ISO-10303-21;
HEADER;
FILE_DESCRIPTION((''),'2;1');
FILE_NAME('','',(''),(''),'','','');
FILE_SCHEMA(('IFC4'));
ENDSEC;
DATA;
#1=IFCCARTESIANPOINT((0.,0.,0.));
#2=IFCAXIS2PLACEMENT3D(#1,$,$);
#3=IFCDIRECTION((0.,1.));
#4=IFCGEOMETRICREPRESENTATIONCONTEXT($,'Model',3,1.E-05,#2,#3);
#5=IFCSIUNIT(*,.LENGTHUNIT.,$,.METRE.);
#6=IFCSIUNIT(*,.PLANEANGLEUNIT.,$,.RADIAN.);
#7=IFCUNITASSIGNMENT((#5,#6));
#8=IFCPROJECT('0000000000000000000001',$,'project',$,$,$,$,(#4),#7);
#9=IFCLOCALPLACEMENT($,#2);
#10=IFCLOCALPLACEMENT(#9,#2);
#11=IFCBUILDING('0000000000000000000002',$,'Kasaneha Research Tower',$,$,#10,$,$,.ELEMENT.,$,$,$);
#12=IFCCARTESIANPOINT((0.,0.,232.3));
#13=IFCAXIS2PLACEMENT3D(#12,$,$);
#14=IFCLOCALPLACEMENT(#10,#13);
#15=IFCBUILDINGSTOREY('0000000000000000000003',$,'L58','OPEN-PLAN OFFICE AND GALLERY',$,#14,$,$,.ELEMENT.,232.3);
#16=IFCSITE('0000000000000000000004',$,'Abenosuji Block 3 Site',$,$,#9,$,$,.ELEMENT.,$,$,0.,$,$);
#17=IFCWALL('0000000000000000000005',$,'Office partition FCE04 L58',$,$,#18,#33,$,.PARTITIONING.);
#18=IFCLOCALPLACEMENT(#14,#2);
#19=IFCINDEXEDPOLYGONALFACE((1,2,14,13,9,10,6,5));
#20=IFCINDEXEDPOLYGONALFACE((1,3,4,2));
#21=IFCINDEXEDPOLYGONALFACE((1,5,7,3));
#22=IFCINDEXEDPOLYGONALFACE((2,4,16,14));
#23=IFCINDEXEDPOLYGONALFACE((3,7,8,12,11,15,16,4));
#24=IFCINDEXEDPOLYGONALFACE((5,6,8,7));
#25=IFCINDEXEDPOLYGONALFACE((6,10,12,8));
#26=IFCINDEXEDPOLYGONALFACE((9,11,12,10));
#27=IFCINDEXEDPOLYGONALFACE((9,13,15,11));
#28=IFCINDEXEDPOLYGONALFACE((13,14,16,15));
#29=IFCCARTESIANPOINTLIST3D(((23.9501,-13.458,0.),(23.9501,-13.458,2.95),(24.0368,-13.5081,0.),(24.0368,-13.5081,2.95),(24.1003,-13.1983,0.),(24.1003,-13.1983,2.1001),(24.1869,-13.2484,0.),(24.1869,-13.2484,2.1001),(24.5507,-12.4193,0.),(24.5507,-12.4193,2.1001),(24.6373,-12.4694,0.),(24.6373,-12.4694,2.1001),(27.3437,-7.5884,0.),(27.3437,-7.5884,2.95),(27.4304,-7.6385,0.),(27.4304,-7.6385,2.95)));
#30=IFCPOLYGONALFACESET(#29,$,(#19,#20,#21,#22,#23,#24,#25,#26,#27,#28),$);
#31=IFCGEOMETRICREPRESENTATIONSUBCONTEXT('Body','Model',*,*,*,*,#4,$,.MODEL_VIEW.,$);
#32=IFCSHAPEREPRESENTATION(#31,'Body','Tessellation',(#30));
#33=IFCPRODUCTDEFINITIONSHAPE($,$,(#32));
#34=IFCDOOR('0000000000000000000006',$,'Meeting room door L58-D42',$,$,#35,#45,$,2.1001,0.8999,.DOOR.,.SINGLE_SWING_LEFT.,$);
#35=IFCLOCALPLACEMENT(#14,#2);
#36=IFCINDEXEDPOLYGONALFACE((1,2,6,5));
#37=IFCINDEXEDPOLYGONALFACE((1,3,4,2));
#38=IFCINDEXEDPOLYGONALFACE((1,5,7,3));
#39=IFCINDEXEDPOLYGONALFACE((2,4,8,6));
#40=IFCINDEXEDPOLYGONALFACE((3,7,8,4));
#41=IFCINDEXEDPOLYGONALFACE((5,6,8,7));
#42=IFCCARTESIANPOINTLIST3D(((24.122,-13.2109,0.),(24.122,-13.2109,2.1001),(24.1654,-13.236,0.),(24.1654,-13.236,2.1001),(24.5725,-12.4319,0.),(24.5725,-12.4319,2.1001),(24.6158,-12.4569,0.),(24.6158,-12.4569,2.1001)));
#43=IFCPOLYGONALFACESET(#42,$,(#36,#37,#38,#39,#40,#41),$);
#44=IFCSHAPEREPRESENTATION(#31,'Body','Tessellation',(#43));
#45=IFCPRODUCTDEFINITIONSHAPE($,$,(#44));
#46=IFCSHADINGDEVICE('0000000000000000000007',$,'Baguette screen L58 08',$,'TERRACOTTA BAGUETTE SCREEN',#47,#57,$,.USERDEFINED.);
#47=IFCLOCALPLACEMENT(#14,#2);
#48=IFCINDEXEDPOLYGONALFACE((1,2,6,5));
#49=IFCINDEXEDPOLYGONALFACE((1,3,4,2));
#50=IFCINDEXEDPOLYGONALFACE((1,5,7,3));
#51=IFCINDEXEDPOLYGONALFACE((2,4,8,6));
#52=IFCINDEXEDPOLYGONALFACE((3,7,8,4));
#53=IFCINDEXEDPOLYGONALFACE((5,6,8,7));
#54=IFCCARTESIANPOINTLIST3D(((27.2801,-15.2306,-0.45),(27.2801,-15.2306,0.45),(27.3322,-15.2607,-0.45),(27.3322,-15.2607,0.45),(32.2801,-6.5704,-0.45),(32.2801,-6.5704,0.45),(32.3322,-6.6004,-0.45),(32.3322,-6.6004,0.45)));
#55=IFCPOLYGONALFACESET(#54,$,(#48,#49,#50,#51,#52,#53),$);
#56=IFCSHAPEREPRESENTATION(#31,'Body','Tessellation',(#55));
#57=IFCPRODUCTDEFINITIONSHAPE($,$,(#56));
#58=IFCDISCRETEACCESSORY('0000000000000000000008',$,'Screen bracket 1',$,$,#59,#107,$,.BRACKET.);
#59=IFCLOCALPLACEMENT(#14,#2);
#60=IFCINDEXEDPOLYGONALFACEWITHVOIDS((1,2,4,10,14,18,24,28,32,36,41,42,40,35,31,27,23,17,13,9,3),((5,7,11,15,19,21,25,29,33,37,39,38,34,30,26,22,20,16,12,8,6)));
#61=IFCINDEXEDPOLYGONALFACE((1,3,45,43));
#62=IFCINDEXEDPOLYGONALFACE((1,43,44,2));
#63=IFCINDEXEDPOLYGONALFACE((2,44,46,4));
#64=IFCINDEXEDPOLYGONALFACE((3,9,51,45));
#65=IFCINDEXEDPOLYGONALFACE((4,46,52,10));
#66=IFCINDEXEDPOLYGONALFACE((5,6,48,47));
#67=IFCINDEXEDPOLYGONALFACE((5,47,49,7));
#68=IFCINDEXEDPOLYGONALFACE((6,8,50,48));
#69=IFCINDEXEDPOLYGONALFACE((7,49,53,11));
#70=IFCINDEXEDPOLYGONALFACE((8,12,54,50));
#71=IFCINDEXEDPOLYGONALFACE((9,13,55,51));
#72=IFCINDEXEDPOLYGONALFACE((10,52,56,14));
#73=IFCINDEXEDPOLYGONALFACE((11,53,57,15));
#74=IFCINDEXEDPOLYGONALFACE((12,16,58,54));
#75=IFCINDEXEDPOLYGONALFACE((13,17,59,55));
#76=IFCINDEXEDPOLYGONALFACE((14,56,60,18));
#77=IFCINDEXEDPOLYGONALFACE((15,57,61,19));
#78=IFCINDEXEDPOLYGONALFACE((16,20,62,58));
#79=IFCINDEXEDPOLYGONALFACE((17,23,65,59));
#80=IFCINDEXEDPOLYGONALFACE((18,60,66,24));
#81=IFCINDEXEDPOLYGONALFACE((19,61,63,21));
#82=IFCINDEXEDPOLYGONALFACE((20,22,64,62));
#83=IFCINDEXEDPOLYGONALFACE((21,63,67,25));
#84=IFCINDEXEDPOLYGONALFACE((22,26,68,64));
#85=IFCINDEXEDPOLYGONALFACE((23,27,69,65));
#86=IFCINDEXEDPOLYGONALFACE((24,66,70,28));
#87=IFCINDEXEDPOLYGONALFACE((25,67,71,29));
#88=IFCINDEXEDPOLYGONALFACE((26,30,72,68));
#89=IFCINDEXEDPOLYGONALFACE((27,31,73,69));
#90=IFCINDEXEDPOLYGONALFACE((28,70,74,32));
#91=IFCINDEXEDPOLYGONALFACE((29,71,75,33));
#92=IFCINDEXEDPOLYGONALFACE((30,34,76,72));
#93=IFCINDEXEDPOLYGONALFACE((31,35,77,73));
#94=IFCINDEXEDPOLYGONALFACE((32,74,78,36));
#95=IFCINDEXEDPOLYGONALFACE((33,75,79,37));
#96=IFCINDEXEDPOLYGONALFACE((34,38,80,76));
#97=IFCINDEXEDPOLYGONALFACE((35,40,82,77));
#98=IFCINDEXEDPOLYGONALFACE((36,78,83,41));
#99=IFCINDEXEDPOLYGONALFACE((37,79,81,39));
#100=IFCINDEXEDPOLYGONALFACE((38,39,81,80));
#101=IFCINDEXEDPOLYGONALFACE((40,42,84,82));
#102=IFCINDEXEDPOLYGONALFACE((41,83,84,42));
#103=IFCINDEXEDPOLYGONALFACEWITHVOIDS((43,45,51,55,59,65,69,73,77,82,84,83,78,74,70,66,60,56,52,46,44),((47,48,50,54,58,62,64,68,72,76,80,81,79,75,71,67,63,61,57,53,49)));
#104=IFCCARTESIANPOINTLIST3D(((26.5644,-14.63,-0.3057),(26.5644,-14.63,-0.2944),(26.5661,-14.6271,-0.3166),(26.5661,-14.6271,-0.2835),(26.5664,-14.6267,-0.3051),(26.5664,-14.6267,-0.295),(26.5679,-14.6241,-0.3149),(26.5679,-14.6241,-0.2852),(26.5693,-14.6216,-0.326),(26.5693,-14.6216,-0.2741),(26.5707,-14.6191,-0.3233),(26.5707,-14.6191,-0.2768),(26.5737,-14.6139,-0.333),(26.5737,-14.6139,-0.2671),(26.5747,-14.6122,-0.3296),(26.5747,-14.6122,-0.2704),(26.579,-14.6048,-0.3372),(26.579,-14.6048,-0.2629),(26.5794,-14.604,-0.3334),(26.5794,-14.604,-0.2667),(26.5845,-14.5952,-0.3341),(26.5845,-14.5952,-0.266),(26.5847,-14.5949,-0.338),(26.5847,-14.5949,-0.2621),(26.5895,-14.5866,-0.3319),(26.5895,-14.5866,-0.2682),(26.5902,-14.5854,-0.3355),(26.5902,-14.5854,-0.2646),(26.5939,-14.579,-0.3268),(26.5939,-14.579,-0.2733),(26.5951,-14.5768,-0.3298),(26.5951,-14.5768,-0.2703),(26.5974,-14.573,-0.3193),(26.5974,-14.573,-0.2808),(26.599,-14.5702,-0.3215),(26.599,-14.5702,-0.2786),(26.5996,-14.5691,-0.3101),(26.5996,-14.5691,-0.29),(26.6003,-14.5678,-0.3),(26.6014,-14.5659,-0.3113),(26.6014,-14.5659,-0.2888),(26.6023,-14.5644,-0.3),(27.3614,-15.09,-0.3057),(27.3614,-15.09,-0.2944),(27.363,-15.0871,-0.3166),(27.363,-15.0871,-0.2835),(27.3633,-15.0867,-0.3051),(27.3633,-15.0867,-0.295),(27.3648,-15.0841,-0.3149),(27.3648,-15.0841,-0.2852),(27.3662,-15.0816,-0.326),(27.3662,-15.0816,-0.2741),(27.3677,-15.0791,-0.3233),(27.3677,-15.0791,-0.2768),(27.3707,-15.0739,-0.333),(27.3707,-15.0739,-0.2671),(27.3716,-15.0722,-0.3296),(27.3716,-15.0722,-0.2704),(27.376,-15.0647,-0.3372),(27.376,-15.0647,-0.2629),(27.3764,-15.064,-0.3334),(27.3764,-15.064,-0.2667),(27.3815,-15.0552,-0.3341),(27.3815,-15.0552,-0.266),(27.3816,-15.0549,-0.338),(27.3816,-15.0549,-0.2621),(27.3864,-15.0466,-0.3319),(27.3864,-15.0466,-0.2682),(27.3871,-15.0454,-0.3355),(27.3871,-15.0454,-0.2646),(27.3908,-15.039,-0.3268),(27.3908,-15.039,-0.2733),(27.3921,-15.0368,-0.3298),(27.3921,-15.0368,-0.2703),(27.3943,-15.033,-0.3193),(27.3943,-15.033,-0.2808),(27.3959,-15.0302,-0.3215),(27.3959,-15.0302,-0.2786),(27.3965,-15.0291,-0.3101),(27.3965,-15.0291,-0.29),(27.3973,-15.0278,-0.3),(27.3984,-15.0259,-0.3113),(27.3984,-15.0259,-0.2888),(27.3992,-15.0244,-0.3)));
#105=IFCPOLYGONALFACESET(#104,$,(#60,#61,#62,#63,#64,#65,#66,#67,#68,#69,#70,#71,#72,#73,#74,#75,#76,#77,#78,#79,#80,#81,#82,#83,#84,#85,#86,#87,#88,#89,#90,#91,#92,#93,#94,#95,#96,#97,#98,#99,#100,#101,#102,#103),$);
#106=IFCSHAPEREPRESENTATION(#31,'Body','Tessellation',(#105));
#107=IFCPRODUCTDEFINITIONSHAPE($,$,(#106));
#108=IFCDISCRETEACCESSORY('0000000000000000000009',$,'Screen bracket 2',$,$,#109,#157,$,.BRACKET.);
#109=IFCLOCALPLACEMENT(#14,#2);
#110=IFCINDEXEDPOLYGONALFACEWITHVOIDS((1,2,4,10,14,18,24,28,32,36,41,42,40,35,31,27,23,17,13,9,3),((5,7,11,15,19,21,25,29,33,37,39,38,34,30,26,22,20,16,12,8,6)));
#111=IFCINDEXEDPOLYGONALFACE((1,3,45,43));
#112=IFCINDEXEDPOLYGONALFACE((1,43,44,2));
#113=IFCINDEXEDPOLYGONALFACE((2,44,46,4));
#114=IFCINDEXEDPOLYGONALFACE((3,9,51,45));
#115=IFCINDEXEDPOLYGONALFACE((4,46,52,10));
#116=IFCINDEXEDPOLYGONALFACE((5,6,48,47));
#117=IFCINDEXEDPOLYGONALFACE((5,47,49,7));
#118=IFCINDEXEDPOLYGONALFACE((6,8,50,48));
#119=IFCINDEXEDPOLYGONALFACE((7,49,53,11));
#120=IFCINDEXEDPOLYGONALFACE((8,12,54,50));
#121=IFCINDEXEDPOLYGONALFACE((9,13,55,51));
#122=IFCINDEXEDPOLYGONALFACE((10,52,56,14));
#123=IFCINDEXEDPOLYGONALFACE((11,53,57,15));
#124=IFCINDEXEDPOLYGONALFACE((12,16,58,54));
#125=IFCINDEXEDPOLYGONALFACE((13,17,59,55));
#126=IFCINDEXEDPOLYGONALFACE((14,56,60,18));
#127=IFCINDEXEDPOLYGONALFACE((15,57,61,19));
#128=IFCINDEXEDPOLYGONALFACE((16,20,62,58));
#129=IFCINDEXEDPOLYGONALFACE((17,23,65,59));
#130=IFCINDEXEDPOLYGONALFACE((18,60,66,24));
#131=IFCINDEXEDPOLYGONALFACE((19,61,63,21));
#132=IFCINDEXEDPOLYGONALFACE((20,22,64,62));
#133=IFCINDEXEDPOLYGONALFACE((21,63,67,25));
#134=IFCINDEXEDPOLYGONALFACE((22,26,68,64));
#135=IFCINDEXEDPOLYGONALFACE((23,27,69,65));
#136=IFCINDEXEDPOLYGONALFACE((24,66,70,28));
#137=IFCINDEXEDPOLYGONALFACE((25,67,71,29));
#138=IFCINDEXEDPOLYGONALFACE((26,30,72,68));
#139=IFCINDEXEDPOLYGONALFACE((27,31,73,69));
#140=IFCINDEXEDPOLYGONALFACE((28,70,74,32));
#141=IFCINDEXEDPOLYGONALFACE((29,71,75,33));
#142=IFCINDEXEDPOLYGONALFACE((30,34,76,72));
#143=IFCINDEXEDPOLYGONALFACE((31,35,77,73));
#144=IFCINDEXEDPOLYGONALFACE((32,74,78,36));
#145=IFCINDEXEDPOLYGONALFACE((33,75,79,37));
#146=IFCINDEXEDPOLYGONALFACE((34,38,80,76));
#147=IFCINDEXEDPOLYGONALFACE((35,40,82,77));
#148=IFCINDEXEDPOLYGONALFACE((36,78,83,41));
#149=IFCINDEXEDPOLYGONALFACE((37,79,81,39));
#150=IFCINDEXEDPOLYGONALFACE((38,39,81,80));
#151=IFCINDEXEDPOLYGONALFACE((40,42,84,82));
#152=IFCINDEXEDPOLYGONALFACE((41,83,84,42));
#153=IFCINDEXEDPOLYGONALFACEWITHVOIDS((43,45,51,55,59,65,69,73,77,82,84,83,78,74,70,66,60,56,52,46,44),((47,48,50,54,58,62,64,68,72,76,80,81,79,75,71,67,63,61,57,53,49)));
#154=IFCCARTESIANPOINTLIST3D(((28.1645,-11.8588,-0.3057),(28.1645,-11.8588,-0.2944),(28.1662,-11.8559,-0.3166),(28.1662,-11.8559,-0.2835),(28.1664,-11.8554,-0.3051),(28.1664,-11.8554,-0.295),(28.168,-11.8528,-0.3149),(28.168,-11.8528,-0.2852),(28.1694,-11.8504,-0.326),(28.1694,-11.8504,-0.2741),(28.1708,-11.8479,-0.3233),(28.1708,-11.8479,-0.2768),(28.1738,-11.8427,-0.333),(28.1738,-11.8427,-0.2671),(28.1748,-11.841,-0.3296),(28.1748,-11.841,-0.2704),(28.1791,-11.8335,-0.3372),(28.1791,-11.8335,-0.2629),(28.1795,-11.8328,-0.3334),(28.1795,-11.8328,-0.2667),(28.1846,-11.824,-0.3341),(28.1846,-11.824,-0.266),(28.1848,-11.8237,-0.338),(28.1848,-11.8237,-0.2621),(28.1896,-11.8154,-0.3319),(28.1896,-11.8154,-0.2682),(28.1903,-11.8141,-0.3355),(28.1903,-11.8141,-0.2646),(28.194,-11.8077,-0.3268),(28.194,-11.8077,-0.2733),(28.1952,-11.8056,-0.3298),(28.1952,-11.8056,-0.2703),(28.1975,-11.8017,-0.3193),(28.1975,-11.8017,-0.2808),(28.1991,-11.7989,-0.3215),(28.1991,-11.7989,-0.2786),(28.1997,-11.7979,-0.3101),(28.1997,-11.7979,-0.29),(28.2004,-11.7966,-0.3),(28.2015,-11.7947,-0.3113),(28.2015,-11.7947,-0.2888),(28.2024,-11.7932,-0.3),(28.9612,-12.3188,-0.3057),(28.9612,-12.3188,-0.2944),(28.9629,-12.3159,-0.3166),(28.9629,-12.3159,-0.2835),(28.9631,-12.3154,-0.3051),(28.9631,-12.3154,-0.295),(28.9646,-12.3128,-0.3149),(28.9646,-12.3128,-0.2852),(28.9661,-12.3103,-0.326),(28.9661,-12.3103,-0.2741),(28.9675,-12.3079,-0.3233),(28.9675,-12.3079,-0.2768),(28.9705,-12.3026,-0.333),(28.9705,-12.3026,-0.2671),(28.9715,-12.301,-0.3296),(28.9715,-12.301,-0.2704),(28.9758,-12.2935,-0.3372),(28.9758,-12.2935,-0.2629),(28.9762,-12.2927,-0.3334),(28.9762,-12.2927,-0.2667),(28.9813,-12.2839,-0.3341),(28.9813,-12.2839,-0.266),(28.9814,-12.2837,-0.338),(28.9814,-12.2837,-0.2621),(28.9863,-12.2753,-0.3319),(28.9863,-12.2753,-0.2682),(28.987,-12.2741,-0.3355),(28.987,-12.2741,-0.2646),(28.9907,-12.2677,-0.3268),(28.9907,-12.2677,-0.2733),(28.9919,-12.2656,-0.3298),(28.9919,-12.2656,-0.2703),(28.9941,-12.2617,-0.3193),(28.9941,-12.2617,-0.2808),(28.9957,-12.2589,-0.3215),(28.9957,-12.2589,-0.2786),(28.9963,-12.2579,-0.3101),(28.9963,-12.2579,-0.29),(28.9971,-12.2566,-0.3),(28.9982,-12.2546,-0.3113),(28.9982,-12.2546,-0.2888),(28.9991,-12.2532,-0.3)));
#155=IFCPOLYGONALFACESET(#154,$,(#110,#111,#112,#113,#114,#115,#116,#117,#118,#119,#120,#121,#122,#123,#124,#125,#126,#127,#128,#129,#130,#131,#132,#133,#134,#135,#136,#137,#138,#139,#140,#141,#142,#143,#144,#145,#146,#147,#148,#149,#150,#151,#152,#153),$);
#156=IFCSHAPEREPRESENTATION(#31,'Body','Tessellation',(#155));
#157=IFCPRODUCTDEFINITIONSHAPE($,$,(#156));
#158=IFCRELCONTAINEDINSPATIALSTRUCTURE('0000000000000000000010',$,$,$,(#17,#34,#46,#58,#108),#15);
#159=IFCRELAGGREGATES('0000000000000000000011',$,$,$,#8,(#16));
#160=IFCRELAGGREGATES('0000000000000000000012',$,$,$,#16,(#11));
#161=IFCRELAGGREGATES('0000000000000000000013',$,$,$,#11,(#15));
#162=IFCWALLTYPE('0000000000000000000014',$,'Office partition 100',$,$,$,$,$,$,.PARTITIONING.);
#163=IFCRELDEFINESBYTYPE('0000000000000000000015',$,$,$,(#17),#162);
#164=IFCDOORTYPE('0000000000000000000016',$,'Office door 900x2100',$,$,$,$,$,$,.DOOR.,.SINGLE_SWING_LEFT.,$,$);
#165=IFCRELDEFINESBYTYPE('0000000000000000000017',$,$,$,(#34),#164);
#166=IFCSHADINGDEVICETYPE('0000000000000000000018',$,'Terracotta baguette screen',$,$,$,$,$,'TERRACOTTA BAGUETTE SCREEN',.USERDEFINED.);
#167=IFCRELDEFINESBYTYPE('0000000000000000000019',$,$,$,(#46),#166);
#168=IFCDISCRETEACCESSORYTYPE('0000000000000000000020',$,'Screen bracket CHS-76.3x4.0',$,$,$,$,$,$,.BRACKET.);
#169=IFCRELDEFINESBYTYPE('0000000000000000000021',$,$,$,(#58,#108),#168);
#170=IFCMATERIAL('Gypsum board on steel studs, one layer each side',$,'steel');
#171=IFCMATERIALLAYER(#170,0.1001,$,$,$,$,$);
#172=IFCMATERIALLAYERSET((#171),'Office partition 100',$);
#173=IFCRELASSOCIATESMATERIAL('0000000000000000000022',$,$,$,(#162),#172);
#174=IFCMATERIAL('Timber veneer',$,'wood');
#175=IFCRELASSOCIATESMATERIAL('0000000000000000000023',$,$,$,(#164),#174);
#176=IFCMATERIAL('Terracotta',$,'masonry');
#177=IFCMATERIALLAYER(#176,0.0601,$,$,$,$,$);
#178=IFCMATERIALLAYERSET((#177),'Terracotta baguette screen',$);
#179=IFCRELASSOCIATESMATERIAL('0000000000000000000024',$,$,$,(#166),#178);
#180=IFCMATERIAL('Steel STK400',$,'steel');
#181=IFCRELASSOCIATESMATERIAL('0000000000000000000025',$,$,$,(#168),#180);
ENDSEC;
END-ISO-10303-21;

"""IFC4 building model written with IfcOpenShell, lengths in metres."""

from ifc_helpers import new_model, si_unit, direction, frame, frame_2d, origin, origin_2d, place, context, subcontext, project, spatial, rectangle, hollow_circle, extrude, material, layer, layer_set, material_profile, profile_set, type_object, element, fill, save


model = new_model("IFC4")

# Units and contexts
model_context = context("Model", 3, precision=1e-05, world=origin(), true_north=direction((0.0, 1.0)))
body_context = subcontext(model_context, "Body", "Model", "MODEL_VIEW")
ifc_project = project(units=[si_unit("LENGTHUNIT", "METRE"), si_unit("PLANEANGLEUNIT", "RADIAN")], contexts=[model_context])

# Site, building, storey
site_placement = place(None, origin())
site = spatial("IfcSite", under=ifc_project, at=site_placement, Name="Abenosuji Block 3 Site", CompositionType="ELEMENT", RefElevation=0.0)
building_placement = place(site_placement, origin())
building = spatial("IfcBuilding", under=site, at=building_placement, Name="Kasaneha Research Tower", CompositionType="ELEMENT")
storey_placement = place(building_placement, frame((0.0, 0.0, 232.3)))
storey = spatial("IfcBuildingStorey", under=building, at=storey_placement, Name="L58", Description="OPEN-PLAN OFFICE AND GALLERY", CompositionType="ELEMENT", Elevation=232.3)

# Shared definitions
ifc_material_1 = material(Name="Gypsum board on steel studs, one layer each side", Category="steel")
ifc_layer_1 = layer(ifc_material_1, 0.1001)
ifc_layer_set_1 = layer_set([ifc_layer_1], Name="Office partition 100")
wall_type = type_object("IfcWallType", Name="Office partition 100", PredefinedType="PARTITIONING", material=ifc_layer_set_1)

# Wall, opening, door
ifc_material_2 = material(Name="Timber veneer", Category="wood")
door_type = type_object("IfcDoorType", Name="Office door 900x2100", OperationType="SINGLE_SWING_LEFT", PredefinedType="DOOR", material=ifc_material_2)
wall_1_placement = place(storey_placement, frame((23.9934, -13.4832, 0.0), z_axis=(0.0, 0.0, 1.0), x_axis=(0.500522, 0.865724, 0.0)))
wall_1 = element("IfcWall", 1, at=wall_1_placement, inside=storey, type_object=wall_type, Name="Office partition FCE04 L58", PredefinedType="PARTITIONING", context=body_context, shape_type="SweptSolid", body=[
    extrude(rectangle(XDim=6.78, YDim=0.1001, at=frame_2d((3.3901, 0.0))), origin(), (0.0, 0.0, 1.0), 2.95),
])
opening_1_placement = place(wall_1_placement, frame((0.3, 0.0, 0.0)))
opening_1 = element("IfcOpeningElement", 2, at=opening_1_placement, cuts=wall_1, PredefinedType="OPENING", context=body_context, shape_type="SweptSolid", body=[
    extrude(rectangle(XDim=0.8999, YDim=2.1001, at=frame_2d((0.45, 1.05))), frame((0.0, 0.0601, 0.0), z_axis=(0.0, -1.0, 0.0), x_axis=(1.0, 0.0, 0.0)), (0.0, 0.0, 1.0), 0.1201),
])
door_1_placement = place(opening_1_placement, origin())
door_1 = element("IfcDoor", 3, at=door_1_placement, inside=storey, type_object=door_type, Name="Meeting room door L58-D42", OperationType="SINGLE_SWING_LEFT", OverallHeight=2.1001, OverallWidth=0.8999, PredefinedType="DOOR", context=body_context, shape_type="SweptSolid", body=[
    extrude(rectangle(XDim=0.8999, YDim=2.1001, at=frame_2d((0.45, 1.05))), frame((0.0, 0.0249, 0.0), z_axis=(0.0, -1.0, 0.0), x_axis=(1.0, 0.0, 0.0)), (0.0, 0.0, 1.0), 0.05),
])
fill(opening_1, door_1)

# Shading device
ifc_material_3 = material(Name="Terracotta", Category="masonry")
ifc_layer_2 = layer(ifc_material_3, 0.0601)
ifc_layer_set_2 = layer_set([ifc_layer_2], Name="Terracotta baguette screen")
shading_device_type = type_object("IfcShadingDeviceType", Name="Terracotta baguette screen", ElementType="TERRACOTTA BAGUETTE SCREEN", PredefinedType="USERDEFINED", material=ifc_layer_set_2)
shading_device_placement = place(storey_placement, frame((29.8062, -10.9155, -0.45), z_axis=(0.0, 0.0, 1.0), x_axis=(0.5, 0.866025, 0.0)))
element("IfcShadingDevice", 4, at=shading_device_placement, inside=storey, type_object=shading_device_type, Name="Baguette screen L58 08", ObjectType="TERRACOTTA BAGUETTE SCREEN", PredefinedType="USERDEFINED", context=body_context, shape_type="SweptSolid", body=[
    extrude(rectangle(XDim=10.0, YDim=0.0601, at=origin_2d()), origin(), (0.0, 0.0, 1.0), 0.8999),
])

# Discrete accessories
ifc_material_4 = material(Name="Steel STK400", Category="steel")
ifc_material_profile_1 = material_profile(ifc_material_4, hollow_circle(Radius=0.0381, WallThickness=0.0039, at=origin_2d()), Name="CHS-76.3x4.0")
ifc_profile_set_1 = profile_set([ifc_material_profile_1], Name="Steel STK400")
discrete_accessory_type = type_object("IfcDiscreteAccessoryType", Name="Screen bracket CHS-76.3x4.0", PredefinedType="BRACKET", material=ifc_profile_set_1)
discrete_accessory_1_placement = place(storey_placement, frame((26.5833, -14.5974, -0.3), z_axis=(0.86608, -0.499906, 0.0), x_axis=(0.499906, 0.86608, 0.0)))
element("IfcDiscreteAccessory", 5, at=discrete_accessory_1_placement, inside=storey, type_object=discrete_accessory_type, Name="Screen bracket 1", PredefinedType="BRACKET", context=body_context, shape_type="SweptSolid", body=[
    extrude(hollow_circle(Radius=0.0381, WallThickness=0.0039, at=origin_2d()), origin(), (0.0, 0.0, 1.0), 0.9202),
])
for number, where, z_axis, x_axis, name in (
    (6, (28.1833, -11.8262, -0.3), (0.866013, -0.500021, 0.0), (0.500021, 0.866013, 0.0), "Screen bracket 2"),
):
    element("IfcDiscreteAccessory", number, at=place(storey_placement, frame(where, z_axis=z_axis, x_axis=x_axis)), inside=storey, type_object=discrete_accessory_type, Name=name, PredefinedType="BRACKET", context=body_context, shape_type="SweptSolid", body=[
        extrude(hollow_circle(Radius=0.0381, WallThickness=0.0039, at=origin_2d()), origin(), (0.0, 0.0, 1.0), 0.9199),
    ])

save(model, "model.ifc")
